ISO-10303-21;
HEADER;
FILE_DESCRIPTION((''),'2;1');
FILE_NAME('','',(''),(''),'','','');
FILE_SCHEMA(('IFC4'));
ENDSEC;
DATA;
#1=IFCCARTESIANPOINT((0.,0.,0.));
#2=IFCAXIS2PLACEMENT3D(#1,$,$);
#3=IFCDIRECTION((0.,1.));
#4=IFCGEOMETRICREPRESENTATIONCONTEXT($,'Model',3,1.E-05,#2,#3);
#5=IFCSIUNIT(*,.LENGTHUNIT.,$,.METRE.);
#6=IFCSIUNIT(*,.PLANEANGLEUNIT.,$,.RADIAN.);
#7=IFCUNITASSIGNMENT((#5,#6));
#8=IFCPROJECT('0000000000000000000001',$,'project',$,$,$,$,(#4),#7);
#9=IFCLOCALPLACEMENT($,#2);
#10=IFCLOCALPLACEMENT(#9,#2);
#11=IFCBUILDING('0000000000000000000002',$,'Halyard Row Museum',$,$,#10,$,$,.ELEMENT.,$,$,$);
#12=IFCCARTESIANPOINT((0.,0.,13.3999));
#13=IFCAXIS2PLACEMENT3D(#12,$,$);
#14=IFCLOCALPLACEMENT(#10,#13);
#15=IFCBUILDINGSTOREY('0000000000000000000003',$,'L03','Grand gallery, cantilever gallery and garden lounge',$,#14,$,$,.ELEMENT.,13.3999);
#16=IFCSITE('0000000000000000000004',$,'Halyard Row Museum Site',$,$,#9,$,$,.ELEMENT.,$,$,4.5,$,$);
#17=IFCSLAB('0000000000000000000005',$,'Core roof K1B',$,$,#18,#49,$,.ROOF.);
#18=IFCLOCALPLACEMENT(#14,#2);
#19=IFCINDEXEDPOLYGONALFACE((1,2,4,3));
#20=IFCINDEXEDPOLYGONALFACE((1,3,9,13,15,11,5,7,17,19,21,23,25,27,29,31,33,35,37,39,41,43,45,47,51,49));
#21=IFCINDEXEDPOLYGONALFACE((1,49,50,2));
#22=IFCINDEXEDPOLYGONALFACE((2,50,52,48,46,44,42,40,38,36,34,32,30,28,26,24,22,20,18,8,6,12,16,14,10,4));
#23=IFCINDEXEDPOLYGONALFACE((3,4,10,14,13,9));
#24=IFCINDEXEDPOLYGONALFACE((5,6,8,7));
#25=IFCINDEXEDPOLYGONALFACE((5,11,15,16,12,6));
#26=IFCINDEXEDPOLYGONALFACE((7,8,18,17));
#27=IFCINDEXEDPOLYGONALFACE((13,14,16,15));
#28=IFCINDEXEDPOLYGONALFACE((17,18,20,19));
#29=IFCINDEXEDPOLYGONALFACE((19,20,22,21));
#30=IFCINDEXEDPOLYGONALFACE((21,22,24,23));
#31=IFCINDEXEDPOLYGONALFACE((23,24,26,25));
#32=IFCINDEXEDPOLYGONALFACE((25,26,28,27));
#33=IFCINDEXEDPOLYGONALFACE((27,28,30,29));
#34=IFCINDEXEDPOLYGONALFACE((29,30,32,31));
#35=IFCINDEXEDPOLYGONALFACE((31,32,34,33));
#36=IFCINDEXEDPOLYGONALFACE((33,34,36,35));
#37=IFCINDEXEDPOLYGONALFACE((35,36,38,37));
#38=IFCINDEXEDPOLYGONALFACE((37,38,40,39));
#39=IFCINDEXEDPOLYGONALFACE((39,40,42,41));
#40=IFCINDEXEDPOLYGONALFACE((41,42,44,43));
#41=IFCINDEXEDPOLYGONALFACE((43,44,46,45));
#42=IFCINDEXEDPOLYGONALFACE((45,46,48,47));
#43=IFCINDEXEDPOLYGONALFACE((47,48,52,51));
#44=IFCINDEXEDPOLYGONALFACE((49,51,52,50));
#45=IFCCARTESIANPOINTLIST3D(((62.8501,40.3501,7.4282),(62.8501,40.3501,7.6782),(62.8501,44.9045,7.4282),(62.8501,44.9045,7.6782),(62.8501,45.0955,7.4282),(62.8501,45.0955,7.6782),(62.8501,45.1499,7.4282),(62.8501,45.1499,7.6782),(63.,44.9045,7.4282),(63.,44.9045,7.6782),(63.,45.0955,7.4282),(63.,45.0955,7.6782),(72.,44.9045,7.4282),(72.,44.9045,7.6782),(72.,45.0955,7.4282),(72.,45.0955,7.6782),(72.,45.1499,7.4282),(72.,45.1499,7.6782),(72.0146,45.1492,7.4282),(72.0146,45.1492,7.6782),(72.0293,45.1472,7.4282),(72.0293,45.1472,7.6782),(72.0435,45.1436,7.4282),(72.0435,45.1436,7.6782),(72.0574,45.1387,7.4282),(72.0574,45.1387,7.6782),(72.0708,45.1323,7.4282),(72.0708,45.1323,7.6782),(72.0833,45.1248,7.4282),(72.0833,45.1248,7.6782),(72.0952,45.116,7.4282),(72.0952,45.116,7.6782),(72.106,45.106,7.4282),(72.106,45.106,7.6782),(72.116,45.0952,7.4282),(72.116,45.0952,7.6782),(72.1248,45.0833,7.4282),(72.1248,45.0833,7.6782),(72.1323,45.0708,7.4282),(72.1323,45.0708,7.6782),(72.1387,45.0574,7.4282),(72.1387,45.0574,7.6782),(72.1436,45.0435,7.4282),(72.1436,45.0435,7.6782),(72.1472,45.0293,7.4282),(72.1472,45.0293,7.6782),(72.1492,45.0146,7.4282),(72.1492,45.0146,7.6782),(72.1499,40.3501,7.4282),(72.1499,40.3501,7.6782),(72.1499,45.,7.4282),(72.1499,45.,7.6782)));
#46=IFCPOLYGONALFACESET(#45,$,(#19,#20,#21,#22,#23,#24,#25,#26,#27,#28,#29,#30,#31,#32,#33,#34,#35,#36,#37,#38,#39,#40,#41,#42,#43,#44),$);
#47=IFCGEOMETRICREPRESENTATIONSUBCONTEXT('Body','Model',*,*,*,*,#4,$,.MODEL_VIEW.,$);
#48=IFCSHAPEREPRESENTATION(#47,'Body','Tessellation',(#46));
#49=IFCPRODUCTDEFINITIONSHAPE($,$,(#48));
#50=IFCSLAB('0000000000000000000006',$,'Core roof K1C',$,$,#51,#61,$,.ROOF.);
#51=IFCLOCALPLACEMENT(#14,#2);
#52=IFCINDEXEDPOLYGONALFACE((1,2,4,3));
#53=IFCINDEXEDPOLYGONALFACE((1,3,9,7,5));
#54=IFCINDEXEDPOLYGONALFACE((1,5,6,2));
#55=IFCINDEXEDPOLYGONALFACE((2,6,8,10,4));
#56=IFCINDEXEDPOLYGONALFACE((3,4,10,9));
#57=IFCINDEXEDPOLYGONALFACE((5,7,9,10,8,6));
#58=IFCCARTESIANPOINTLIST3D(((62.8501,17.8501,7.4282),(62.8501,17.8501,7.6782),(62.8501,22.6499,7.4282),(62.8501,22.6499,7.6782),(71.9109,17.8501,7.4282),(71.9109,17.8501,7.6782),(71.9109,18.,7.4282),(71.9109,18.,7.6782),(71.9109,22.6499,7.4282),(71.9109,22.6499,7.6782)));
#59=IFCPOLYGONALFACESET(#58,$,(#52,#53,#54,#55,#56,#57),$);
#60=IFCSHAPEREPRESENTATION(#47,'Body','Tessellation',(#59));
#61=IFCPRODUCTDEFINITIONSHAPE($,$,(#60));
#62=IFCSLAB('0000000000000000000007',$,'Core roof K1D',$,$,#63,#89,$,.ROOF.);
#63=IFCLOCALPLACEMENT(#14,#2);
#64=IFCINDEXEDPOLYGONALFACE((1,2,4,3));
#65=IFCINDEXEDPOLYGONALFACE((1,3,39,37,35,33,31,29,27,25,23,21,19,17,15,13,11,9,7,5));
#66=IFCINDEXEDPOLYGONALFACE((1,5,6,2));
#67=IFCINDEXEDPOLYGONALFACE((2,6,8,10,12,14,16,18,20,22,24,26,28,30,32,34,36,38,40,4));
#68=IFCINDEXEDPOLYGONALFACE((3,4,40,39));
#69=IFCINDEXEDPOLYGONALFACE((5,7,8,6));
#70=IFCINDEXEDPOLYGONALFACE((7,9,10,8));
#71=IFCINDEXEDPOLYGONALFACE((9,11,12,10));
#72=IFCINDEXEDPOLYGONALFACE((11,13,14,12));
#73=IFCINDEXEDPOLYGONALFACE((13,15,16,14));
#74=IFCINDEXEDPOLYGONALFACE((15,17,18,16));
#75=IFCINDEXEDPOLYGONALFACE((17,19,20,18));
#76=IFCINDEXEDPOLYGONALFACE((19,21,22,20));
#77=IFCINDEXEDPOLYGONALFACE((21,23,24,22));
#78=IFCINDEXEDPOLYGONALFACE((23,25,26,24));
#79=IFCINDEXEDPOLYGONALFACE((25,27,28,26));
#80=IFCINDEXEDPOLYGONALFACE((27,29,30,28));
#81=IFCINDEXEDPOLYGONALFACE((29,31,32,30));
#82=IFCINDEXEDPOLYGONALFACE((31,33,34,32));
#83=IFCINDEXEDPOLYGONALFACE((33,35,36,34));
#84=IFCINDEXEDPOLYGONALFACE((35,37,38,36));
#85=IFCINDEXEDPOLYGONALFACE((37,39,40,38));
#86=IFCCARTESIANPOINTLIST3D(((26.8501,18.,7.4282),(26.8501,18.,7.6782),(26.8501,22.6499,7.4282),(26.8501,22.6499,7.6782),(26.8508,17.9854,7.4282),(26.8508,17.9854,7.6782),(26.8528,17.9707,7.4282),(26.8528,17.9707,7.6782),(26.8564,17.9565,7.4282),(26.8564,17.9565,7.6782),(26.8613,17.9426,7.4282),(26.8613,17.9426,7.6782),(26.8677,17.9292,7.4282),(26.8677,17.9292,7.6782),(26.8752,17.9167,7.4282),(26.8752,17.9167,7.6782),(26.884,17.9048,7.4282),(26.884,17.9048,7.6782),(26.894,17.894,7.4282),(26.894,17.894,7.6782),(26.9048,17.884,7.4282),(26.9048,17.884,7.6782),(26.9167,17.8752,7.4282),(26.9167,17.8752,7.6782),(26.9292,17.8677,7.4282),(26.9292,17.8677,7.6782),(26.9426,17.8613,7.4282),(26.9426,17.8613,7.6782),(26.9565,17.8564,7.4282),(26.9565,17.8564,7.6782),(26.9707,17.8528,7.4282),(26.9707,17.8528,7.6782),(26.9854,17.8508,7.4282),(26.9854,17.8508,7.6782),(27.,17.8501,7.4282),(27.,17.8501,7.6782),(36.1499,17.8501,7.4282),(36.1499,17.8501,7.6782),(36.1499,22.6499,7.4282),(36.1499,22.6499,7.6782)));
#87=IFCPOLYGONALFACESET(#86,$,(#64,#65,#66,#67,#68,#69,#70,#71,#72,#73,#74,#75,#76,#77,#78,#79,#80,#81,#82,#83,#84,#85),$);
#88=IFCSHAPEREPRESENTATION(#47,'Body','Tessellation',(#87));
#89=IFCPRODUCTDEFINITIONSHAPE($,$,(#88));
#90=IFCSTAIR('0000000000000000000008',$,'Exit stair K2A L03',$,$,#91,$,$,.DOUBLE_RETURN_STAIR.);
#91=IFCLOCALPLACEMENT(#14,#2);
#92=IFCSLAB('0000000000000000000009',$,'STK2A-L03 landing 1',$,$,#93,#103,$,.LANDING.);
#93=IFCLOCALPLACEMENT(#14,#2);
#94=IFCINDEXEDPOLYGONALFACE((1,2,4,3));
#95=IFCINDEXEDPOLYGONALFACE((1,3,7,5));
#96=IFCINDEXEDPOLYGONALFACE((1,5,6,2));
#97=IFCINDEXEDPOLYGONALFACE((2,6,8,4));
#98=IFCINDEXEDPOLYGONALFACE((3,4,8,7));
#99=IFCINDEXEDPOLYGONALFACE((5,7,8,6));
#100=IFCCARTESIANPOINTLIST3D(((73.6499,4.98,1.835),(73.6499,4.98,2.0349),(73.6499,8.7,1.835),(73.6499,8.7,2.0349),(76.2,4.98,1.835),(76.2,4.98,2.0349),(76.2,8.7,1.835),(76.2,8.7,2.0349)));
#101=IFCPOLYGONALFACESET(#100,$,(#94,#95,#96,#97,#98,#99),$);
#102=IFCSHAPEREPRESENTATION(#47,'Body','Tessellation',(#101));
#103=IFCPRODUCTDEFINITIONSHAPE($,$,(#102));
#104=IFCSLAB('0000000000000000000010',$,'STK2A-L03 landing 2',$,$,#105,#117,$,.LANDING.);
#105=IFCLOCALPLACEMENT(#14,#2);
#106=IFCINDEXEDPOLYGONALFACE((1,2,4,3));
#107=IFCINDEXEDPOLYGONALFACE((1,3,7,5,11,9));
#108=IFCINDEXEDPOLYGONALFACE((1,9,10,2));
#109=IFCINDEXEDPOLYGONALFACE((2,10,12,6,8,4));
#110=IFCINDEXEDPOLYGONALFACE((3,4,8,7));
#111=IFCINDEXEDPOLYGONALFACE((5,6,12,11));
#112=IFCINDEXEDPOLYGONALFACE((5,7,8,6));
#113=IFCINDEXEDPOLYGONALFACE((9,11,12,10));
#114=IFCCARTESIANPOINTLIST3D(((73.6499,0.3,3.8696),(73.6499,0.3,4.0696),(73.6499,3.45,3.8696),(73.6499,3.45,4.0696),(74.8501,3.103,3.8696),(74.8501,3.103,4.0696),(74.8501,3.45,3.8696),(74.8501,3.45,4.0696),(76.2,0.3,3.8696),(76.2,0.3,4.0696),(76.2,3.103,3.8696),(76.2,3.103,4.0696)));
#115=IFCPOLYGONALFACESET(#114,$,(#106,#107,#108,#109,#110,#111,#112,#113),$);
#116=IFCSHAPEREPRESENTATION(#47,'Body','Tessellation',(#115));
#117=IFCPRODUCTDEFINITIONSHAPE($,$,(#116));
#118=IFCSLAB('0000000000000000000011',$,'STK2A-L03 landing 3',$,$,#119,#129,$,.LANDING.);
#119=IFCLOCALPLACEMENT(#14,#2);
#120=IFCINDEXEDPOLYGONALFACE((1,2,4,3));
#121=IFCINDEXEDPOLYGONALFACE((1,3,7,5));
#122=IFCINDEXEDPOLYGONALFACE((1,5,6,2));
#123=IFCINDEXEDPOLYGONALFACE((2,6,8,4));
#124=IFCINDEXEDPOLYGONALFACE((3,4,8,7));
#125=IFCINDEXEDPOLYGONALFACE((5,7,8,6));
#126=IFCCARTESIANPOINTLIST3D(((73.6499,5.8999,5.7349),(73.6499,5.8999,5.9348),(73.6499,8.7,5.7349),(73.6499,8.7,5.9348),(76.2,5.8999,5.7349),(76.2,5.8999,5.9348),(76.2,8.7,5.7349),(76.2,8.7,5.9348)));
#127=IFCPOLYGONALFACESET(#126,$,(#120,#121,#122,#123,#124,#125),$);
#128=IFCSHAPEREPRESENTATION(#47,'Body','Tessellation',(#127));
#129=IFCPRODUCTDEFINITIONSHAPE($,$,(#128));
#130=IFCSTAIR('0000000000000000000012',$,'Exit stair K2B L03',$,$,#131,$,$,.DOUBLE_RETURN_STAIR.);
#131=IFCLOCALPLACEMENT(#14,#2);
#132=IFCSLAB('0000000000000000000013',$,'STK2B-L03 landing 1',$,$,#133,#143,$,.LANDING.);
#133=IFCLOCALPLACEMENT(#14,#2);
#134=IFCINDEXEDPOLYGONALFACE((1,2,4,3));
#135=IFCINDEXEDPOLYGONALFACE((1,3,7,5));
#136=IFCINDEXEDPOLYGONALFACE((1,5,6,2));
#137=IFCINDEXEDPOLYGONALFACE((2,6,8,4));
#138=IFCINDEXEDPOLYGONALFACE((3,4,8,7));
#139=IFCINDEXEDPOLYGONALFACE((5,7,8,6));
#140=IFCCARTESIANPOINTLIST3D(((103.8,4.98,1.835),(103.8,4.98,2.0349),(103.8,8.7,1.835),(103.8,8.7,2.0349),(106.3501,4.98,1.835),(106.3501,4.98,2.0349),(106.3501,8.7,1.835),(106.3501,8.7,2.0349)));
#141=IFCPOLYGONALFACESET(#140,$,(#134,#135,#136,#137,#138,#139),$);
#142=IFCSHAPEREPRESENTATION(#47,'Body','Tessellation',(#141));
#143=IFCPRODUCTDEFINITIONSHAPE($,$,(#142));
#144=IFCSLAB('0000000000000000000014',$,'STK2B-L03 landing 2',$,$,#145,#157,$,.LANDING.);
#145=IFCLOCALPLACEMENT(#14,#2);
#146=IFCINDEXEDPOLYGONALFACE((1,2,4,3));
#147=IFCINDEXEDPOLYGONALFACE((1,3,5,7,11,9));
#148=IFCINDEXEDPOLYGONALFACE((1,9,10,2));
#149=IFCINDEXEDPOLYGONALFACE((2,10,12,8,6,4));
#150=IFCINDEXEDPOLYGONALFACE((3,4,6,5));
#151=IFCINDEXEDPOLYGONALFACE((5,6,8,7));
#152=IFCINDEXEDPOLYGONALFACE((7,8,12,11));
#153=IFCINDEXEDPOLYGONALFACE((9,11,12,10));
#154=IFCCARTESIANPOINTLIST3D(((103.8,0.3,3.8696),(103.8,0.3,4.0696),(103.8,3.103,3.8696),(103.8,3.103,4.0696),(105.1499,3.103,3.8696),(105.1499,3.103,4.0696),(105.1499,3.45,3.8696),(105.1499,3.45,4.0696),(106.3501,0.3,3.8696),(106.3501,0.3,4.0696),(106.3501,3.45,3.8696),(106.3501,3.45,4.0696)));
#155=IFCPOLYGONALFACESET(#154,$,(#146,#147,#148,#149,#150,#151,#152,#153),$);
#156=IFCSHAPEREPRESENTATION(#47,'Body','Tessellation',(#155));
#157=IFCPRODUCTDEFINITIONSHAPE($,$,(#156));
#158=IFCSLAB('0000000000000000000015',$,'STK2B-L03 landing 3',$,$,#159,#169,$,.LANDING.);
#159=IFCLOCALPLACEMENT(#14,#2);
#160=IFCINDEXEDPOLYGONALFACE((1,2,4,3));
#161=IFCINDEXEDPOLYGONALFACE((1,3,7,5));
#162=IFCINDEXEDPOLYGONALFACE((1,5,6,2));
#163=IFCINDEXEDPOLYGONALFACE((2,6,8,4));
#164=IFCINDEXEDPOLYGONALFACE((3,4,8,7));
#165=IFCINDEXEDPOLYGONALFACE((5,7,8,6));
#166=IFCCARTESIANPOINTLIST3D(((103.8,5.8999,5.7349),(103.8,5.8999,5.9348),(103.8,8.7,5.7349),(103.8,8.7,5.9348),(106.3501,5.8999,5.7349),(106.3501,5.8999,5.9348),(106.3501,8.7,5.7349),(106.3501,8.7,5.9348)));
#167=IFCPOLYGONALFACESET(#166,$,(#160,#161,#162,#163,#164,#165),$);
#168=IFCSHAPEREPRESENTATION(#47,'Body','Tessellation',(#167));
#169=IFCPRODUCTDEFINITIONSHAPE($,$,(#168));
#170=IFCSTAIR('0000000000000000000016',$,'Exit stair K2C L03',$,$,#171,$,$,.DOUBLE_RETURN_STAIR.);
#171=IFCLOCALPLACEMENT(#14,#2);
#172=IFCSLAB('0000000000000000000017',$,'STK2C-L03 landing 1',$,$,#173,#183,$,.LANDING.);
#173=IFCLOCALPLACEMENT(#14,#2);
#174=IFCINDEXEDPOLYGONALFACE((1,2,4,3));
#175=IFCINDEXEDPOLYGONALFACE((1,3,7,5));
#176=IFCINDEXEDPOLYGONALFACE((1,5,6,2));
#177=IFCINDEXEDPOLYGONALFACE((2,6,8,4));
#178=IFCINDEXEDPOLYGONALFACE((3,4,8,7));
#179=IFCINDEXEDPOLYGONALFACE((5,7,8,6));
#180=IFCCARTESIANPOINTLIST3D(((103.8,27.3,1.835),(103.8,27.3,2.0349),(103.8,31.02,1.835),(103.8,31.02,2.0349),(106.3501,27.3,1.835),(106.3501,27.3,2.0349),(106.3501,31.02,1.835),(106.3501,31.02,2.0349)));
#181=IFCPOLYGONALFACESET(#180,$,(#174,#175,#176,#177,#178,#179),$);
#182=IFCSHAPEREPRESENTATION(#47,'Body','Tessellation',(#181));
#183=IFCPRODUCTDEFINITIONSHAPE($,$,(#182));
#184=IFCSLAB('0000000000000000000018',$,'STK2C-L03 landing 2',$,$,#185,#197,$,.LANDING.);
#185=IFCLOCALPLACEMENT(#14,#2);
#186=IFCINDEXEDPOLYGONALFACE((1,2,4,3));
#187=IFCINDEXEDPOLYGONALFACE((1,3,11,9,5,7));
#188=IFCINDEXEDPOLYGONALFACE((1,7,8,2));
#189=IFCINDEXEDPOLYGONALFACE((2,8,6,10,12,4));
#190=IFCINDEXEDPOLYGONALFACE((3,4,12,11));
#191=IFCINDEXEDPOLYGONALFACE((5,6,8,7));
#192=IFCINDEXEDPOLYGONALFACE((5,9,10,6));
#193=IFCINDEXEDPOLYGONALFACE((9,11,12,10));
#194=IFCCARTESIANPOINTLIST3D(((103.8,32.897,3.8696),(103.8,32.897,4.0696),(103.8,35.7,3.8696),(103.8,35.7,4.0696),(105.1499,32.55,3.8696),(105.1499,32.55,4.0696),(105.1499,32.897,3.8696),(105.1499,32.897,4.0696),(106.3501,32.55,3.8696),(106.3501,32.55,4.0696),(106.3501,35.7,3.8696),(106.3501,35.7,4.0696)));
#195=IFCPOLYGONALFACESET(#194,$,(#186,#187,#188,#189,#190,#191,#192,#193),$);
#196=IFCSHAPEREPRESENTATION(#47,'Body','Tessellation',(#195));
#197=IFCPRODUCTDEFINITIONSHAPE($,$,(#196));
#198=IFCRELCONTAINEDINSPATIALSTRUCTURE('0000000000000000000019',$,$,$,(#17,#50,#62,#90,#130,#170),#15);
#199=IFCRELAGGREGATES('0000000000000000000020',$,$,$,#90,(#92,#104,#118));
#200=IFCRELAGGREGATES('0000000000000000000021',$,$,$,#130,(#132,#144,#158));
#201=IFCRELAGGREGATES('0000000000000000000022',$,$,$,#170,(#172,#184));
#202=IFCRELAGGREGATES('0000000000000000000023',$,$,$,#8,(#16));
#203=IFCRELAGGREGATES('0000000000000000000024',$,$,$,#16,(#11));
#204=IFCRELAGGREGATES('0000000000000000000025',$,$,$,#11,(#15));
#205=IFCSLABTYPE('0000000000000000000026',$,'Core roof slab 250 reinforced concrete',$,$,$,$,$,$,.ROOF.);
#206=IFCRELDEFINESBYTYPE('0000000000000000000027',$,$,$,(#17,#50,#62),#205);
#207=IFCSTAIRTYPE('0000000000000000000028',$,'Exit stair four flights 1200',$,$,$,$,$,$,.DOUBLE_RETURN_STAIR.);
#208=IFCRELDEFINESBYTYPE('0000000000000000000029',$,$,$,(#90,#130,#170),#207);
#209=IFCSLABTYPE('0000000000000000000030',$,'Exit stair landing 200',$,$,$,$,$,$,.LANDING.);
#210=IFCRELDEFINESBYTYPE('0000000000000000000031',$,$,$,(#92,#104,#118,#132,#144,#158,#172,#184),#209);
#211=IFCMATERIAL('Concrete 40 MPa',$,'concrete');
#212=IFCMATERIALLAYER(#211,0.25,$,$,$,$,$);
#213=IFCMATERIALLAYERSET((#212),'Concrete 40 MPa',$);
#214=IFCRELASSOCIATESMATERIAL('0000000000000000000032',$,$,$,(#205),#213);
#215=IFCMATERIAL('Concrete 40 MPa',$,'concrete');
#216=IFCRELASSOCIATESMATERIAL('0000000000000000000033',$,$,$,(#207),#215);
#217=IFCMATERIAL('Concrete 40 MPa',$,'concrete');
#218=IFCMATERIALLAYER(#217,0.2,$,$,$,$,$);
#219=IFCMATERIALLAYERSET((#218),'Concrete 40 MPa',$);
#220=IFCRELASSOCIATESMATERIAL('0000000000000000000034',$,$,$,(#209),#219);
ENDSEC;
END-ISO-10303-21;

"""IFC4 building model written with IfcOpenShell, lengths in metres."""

from ifc_helpers import new_model, si_unit, direction, frame, origin, place, context, subcontext, project, spatial, polyline, outline, extrude, material, layer, layer_set, type_object, element, aggregate, save


model = new_model("IFC4")

# Units and contexts
model_context = context("Model", 3, precision=1e-05, world=origin(), true_north=direction((0.0, 1.0)))
body_context = subcontext(model_context, "Body", "Model", "MODEL_VIEW")
ifc_project = project(units=[si_unit("LENGTHUNIT", "METRE"), si_unit("PLANEANGLEUNIT", "RADIAN")], contexts=[model_context])

# Site, building, storey
site_placement = place(None, origin())
site = spatial("IfcSite", under=ifc_project, at=site_placement, Name="Halyard Row Museum Site", CompositionType="ELEMENT", RefElevation=4.5)
building_placement = place(site_placement, origin())
building = spatial("IfcBuilding", under=site, at=building_placement, Name="Halyard Row Museum", CompositionType="ELEMENT")
storey_placement = place(building_placement, frame((0.0, 0.0, 13.3999)))
storey = spatial("IfcBuildingStorey", under=building, at=storey_placement, Name="L03", Description="Grand gallery, cantilever gallery and garden lounge", CompositionType="ELEMENT", Elevation=13.3999)

# Slabs
ifc_material_1 = material(Name="Concrete 40 MPa", Category="concrete")
ifc_layer_1 = layer(ifc_material_1, 0.25)
ifc_layer_set_1 = layer_set([ifc_layer_1], Name="Concrete 40 MPa")
slab_type_1 = type_object("IfcSlabType", Name="Core roof slab 250 reinforced concrete", PredefinedType="ROOF", material=ifc_layer_set_1)
slab_1_placement = place(storey_placement, frame((0.0, 0.0, 7.4282)))
element("IfcSlab", 1, at=slab_1_placement, inside=storey, type_object=slab_type_1, Name="Core roof K1B", PredefinedType="ROOF", context=body_context, shape_type="SweptSolid", body=[
    extrude(outline(polyline([(62.8501, 40.3501), (62.8501, 44.9045), (63.0, 44.9045), (72.0, 44.9045), (72.0, 45.0955), (63.0, 45.0955), (62.8501, 45.0955), (62.8501, 45.1499), (72.0, 45.1499), (72.0146, 45.1492), (72.0293, 45.1472), (72.0435, 45.1436), (72.0574, 45.1387), (72.0708, 45.1323), (72.0833, 45.1248), (72.0952, 45.116), (72.106, 45.106), (72.116, 45.0952), (72.1248, 45.0833), (72.1323, 45.0708), (72.1387, 45.0574), (72.1436, 45.0435), (72.1472, 45.0293), (72.1492, 45.0146), (72.1499, 45.0), (72.1499, 40.3501), (62.8501, 40.3501)])), origin(), (0.0, 0.0, 1.0), 0.25),
])
slab_2_placement = place(storey_placement, frame((0.0, 0.0, 7.4282)))
element("IfcSlab", 2, at=slab_2_placement, inside=storey, type_object=slab_type_1, Name="Core roof K1C", PredefinedType="ROOF", context=body_context, shape_type="SweptSolid", body=[
    extrude(outline(polyline([(62.8501, 22.6499), (71.9109, 22.6499), (71.9109, 18.0), (71.9109, 17.8501), (62.8501, 17.8501), (62.8501, 22.6499)])), origin(), (0.0, 0.0, 1.0), 0.25),
])
slab_3_placement = place(storey_placement, frame((0.0, 0.0, 7.4282)))
element("IfcSlab", 3, at=slab_3_placement, inside=storey, type_object=slab_type_1, Name="Core roof K1D", PredefinedType="ROOF", context=body_context, shape_type="SweptSolid", body=[
    extrude(outline(polyline([(36.1499, 22.6499), (36.1499, 17.8501), (27.0, 17.8501), (26.9854, 17.8508), (26.9707, 17.8528), (26.9565, 17.8564), (26.9426, 17.8613), (26.9292, 17.8677), (26.9167, 17.8752), (26.9048, 17.884), (26.894, 17.894), (26.884, 17.9048), (26.8752, 17.9167), (26.8677, 17.9292), (26.8613, 17.9426), (26.8564, 17.9565), (26.8528, 17.9707), (26.8508, 17.9854), (26.8501, 18.0), (26.8501, 22.6499), (36.1499, 22.6499)])), origin(), (0.0, 0.0, 1.0), 0.25),
])

# Stairs, slabs
ifc_material_2 = material(Name="Concrete 40 MPa", Category="concrete")
stair_type = type_object("IfcStairType", Name="Exit stair four flights 1200", PredefinedType="DOUBLE_RETURN_STAIR", material=ifc_material_2)
stair_1_placement = place(storey_placement, origin())
stair_1 = element("IfcStair", 4, at=stair_1_placement, inside=storey, type_object=stair_type, Name="Exit stair K2A L03", PredefinedType="DOUBLE_RETURN_STAIR")
ifc_material_3 = material(Name="Concrete 40 MPa", Category="concrete")
ifc_layer_2 = layer(ifc_material_3, 0.2)
ifc_layer_set_2 = layer_set([ifc_layer_2], Name="Concrete 40 MPa")
slab_type_2 = type_object("IfcSlabType", Name="Exit stair landing 200", PredefinedType="LANDING", material=ifc_layer_set_2)
slab_4_placement = place(storey_placement, frame((0.0, 0.0, 1.835)))
slab_4 = element("IfcSlab", 5, at=slab_4_placement, type_object=slab_type_2, Name="STK2A-L03 landing 1", PredefinedType="LANDING", context=body_context, shape_type="SweptSolid", body=[
    extrude(outline(polyline([(73.6499, 4.98), (76.2, 4.98), (76.2, 8.7), (73.6499, 8.7), (73.6499, 4.98)])), origin(), (0.0, 0.0, 1.0), 0.2),
])
slab_5_placement = place(storey_placement, frame((0.0, 0.0, 3.8696)))
slab_5 = element("IfcSlab", 6, at=slab_5_placement, type_object=slab_type_2, Name="STK2A-L03 landing 2", PredefinedType="LANDING", context=body_context, shape_type="SweptSolid", body=[
    extrude(outline(polyline([(73.6499, 0.3), (76.2, 0.3), (76.2, 3.103), (74.8501, 3.103), (74.8501, 3.45), (73.6499, 3.45), (73.6499, 0.3)])), origin(), (0.0, 0.0, 1.0), 0.2),
])
slab_6_placement = place(storey_placement, frame((0.0, 0.0, 5.7349)))
slab_6 = element("IfcSlab", 7, at=slab_6_placement, type_object=slab_type_2, Name="STK2A-L03 landing 3", PredefinedType="LANDING", context=body_context, shape_type="SweptSolid", body=[
    extrude(outline(polyline([(73.6499, 5.8999), (76.2, 5.8999), (76.2, 8.7), (73.6499, 8.7), (73.6499, 5.8999)])), origin(), (0.0, 0.0, 1.0), 0.2),
])
aggregate(stair_1, [slab_4, slab_5, slab_6])
stair_2_placement = place(storey_placement, origin())
stair_2 = element("IfcStair", 8, at=stair_2_placement, inside=storey, type_object=stair_type, Name="Exit stair K2B L03", PredefinedType="DOUBLE_RETURN_STAIR")
slab_7_placement = place(storey_placement, frame((0.0, 0.0, 1.835)))
slab_7 = element("IfcSlab", 9, at=slab_7_placement, type_object=slab_type_2, Name="STK2B-L03 landing 1", PredefinedType="LANDING", context=body_context, shape_type="SweptSolid", body=[
    extrude(outline(polyline([(106.3501, 4.98), (103.8, 4.98), (103.8, 8.7), (106.3501, 8.7), (106.3501, 4.98)])), origin(), (0.0, 0.0, 1.0), 0.2),
])
slab_8_placement = place(storey_placement, frame((0.0, 0.0, 3.8696)))
slab_8 = element("IfcSlab", 10, at=slab_8_placement, type_object=slab_type_2, Name="STK2B-L03 landing 2", PredefinedType="LANDING", context=body_context, shape_type="SweptSolid", body=[
    extrude(outline(polyline([(106.3501, 0.3), (103.8, 0.3), (103.8, 3.103), (105.1499, 3.103), (105.1499, 3.45), (106.3501, 3.45), (106.3501, 0.3)])), origin(), (0.0, 0.0, 1.0), 0.2),
])
slab_9_placement = place(storey_placement, frame((0.0, 0.0, 5.7349)))
slab_9 = element("IfcSlab", 11, at=slab_9_placement, type_object=slab_type_2, Name="STK2B-L03 landing 3", PredefinedType="LANDING", context=body_context, shape_type="SweptSolid", body=[
    extrude(outline(polyline([(106.3501, 5.8999), (103.8, 5.8999), (103.8, 8.7), (106.3501, 8.7), (106.3501, 5.8999)])), origin(), (0.0, 0.0, 1.0), 0.2),
])
aggregate(stair_2, [slab_7, slab_8, slab_9])
stair_3_placement = place(storey_placement, origin())
stair_3 = element("IfcStair", 12, at=stair_3_placement, inside=storey, type_object=stair_type, Name="Exit stair K2C L03", PredefinedType="DOUBLE_RETURN_STAIR")
slab_10_placement = place(storey_placement, frame((0.0, 0.0, 1.835)))
slab_10 = element("IfcSlab", 13, at=slab_10_placement, type_object=slab_type_2, Name="STK2C-L03 landing 1", PredefinedType="LANDING", context=body_context, shape_type="SweptSolid", body=[
    extrude(outline(polyline([(106.3501, 31.02), (103.8, 31.02), (103.8, 27.3), (106.3501, 27.3), (106.3501, 31.02)])), origin(), (0.0, 0.0, 1.0), 0.2),
])
slab_11_placement = place(storey_placement, frame((0.0, 0.0, 3.8696)))
slab_11 = element("IfcSlab", 14, at=slab_11_placement, type_object=slab_type_2, Name="STK2C-L03 landing 2", PredefinedType="LANDING", context=body_context, shape_type="SweptSolid", body=[
    extrude(outline(polyline([(106.3501, 35.7), (103.8, 35.7), (103.8, 32.897), (105.1499, 32.897), (105.1499, 32.55), (106.3501, 32.55), (106.3501, 35.7)])), origin(), (0.0, 0.0, 1.0), 0.2),
])
aggregate(stair_3, [slab_10, slab_11])

save(model, "model.ifc")
